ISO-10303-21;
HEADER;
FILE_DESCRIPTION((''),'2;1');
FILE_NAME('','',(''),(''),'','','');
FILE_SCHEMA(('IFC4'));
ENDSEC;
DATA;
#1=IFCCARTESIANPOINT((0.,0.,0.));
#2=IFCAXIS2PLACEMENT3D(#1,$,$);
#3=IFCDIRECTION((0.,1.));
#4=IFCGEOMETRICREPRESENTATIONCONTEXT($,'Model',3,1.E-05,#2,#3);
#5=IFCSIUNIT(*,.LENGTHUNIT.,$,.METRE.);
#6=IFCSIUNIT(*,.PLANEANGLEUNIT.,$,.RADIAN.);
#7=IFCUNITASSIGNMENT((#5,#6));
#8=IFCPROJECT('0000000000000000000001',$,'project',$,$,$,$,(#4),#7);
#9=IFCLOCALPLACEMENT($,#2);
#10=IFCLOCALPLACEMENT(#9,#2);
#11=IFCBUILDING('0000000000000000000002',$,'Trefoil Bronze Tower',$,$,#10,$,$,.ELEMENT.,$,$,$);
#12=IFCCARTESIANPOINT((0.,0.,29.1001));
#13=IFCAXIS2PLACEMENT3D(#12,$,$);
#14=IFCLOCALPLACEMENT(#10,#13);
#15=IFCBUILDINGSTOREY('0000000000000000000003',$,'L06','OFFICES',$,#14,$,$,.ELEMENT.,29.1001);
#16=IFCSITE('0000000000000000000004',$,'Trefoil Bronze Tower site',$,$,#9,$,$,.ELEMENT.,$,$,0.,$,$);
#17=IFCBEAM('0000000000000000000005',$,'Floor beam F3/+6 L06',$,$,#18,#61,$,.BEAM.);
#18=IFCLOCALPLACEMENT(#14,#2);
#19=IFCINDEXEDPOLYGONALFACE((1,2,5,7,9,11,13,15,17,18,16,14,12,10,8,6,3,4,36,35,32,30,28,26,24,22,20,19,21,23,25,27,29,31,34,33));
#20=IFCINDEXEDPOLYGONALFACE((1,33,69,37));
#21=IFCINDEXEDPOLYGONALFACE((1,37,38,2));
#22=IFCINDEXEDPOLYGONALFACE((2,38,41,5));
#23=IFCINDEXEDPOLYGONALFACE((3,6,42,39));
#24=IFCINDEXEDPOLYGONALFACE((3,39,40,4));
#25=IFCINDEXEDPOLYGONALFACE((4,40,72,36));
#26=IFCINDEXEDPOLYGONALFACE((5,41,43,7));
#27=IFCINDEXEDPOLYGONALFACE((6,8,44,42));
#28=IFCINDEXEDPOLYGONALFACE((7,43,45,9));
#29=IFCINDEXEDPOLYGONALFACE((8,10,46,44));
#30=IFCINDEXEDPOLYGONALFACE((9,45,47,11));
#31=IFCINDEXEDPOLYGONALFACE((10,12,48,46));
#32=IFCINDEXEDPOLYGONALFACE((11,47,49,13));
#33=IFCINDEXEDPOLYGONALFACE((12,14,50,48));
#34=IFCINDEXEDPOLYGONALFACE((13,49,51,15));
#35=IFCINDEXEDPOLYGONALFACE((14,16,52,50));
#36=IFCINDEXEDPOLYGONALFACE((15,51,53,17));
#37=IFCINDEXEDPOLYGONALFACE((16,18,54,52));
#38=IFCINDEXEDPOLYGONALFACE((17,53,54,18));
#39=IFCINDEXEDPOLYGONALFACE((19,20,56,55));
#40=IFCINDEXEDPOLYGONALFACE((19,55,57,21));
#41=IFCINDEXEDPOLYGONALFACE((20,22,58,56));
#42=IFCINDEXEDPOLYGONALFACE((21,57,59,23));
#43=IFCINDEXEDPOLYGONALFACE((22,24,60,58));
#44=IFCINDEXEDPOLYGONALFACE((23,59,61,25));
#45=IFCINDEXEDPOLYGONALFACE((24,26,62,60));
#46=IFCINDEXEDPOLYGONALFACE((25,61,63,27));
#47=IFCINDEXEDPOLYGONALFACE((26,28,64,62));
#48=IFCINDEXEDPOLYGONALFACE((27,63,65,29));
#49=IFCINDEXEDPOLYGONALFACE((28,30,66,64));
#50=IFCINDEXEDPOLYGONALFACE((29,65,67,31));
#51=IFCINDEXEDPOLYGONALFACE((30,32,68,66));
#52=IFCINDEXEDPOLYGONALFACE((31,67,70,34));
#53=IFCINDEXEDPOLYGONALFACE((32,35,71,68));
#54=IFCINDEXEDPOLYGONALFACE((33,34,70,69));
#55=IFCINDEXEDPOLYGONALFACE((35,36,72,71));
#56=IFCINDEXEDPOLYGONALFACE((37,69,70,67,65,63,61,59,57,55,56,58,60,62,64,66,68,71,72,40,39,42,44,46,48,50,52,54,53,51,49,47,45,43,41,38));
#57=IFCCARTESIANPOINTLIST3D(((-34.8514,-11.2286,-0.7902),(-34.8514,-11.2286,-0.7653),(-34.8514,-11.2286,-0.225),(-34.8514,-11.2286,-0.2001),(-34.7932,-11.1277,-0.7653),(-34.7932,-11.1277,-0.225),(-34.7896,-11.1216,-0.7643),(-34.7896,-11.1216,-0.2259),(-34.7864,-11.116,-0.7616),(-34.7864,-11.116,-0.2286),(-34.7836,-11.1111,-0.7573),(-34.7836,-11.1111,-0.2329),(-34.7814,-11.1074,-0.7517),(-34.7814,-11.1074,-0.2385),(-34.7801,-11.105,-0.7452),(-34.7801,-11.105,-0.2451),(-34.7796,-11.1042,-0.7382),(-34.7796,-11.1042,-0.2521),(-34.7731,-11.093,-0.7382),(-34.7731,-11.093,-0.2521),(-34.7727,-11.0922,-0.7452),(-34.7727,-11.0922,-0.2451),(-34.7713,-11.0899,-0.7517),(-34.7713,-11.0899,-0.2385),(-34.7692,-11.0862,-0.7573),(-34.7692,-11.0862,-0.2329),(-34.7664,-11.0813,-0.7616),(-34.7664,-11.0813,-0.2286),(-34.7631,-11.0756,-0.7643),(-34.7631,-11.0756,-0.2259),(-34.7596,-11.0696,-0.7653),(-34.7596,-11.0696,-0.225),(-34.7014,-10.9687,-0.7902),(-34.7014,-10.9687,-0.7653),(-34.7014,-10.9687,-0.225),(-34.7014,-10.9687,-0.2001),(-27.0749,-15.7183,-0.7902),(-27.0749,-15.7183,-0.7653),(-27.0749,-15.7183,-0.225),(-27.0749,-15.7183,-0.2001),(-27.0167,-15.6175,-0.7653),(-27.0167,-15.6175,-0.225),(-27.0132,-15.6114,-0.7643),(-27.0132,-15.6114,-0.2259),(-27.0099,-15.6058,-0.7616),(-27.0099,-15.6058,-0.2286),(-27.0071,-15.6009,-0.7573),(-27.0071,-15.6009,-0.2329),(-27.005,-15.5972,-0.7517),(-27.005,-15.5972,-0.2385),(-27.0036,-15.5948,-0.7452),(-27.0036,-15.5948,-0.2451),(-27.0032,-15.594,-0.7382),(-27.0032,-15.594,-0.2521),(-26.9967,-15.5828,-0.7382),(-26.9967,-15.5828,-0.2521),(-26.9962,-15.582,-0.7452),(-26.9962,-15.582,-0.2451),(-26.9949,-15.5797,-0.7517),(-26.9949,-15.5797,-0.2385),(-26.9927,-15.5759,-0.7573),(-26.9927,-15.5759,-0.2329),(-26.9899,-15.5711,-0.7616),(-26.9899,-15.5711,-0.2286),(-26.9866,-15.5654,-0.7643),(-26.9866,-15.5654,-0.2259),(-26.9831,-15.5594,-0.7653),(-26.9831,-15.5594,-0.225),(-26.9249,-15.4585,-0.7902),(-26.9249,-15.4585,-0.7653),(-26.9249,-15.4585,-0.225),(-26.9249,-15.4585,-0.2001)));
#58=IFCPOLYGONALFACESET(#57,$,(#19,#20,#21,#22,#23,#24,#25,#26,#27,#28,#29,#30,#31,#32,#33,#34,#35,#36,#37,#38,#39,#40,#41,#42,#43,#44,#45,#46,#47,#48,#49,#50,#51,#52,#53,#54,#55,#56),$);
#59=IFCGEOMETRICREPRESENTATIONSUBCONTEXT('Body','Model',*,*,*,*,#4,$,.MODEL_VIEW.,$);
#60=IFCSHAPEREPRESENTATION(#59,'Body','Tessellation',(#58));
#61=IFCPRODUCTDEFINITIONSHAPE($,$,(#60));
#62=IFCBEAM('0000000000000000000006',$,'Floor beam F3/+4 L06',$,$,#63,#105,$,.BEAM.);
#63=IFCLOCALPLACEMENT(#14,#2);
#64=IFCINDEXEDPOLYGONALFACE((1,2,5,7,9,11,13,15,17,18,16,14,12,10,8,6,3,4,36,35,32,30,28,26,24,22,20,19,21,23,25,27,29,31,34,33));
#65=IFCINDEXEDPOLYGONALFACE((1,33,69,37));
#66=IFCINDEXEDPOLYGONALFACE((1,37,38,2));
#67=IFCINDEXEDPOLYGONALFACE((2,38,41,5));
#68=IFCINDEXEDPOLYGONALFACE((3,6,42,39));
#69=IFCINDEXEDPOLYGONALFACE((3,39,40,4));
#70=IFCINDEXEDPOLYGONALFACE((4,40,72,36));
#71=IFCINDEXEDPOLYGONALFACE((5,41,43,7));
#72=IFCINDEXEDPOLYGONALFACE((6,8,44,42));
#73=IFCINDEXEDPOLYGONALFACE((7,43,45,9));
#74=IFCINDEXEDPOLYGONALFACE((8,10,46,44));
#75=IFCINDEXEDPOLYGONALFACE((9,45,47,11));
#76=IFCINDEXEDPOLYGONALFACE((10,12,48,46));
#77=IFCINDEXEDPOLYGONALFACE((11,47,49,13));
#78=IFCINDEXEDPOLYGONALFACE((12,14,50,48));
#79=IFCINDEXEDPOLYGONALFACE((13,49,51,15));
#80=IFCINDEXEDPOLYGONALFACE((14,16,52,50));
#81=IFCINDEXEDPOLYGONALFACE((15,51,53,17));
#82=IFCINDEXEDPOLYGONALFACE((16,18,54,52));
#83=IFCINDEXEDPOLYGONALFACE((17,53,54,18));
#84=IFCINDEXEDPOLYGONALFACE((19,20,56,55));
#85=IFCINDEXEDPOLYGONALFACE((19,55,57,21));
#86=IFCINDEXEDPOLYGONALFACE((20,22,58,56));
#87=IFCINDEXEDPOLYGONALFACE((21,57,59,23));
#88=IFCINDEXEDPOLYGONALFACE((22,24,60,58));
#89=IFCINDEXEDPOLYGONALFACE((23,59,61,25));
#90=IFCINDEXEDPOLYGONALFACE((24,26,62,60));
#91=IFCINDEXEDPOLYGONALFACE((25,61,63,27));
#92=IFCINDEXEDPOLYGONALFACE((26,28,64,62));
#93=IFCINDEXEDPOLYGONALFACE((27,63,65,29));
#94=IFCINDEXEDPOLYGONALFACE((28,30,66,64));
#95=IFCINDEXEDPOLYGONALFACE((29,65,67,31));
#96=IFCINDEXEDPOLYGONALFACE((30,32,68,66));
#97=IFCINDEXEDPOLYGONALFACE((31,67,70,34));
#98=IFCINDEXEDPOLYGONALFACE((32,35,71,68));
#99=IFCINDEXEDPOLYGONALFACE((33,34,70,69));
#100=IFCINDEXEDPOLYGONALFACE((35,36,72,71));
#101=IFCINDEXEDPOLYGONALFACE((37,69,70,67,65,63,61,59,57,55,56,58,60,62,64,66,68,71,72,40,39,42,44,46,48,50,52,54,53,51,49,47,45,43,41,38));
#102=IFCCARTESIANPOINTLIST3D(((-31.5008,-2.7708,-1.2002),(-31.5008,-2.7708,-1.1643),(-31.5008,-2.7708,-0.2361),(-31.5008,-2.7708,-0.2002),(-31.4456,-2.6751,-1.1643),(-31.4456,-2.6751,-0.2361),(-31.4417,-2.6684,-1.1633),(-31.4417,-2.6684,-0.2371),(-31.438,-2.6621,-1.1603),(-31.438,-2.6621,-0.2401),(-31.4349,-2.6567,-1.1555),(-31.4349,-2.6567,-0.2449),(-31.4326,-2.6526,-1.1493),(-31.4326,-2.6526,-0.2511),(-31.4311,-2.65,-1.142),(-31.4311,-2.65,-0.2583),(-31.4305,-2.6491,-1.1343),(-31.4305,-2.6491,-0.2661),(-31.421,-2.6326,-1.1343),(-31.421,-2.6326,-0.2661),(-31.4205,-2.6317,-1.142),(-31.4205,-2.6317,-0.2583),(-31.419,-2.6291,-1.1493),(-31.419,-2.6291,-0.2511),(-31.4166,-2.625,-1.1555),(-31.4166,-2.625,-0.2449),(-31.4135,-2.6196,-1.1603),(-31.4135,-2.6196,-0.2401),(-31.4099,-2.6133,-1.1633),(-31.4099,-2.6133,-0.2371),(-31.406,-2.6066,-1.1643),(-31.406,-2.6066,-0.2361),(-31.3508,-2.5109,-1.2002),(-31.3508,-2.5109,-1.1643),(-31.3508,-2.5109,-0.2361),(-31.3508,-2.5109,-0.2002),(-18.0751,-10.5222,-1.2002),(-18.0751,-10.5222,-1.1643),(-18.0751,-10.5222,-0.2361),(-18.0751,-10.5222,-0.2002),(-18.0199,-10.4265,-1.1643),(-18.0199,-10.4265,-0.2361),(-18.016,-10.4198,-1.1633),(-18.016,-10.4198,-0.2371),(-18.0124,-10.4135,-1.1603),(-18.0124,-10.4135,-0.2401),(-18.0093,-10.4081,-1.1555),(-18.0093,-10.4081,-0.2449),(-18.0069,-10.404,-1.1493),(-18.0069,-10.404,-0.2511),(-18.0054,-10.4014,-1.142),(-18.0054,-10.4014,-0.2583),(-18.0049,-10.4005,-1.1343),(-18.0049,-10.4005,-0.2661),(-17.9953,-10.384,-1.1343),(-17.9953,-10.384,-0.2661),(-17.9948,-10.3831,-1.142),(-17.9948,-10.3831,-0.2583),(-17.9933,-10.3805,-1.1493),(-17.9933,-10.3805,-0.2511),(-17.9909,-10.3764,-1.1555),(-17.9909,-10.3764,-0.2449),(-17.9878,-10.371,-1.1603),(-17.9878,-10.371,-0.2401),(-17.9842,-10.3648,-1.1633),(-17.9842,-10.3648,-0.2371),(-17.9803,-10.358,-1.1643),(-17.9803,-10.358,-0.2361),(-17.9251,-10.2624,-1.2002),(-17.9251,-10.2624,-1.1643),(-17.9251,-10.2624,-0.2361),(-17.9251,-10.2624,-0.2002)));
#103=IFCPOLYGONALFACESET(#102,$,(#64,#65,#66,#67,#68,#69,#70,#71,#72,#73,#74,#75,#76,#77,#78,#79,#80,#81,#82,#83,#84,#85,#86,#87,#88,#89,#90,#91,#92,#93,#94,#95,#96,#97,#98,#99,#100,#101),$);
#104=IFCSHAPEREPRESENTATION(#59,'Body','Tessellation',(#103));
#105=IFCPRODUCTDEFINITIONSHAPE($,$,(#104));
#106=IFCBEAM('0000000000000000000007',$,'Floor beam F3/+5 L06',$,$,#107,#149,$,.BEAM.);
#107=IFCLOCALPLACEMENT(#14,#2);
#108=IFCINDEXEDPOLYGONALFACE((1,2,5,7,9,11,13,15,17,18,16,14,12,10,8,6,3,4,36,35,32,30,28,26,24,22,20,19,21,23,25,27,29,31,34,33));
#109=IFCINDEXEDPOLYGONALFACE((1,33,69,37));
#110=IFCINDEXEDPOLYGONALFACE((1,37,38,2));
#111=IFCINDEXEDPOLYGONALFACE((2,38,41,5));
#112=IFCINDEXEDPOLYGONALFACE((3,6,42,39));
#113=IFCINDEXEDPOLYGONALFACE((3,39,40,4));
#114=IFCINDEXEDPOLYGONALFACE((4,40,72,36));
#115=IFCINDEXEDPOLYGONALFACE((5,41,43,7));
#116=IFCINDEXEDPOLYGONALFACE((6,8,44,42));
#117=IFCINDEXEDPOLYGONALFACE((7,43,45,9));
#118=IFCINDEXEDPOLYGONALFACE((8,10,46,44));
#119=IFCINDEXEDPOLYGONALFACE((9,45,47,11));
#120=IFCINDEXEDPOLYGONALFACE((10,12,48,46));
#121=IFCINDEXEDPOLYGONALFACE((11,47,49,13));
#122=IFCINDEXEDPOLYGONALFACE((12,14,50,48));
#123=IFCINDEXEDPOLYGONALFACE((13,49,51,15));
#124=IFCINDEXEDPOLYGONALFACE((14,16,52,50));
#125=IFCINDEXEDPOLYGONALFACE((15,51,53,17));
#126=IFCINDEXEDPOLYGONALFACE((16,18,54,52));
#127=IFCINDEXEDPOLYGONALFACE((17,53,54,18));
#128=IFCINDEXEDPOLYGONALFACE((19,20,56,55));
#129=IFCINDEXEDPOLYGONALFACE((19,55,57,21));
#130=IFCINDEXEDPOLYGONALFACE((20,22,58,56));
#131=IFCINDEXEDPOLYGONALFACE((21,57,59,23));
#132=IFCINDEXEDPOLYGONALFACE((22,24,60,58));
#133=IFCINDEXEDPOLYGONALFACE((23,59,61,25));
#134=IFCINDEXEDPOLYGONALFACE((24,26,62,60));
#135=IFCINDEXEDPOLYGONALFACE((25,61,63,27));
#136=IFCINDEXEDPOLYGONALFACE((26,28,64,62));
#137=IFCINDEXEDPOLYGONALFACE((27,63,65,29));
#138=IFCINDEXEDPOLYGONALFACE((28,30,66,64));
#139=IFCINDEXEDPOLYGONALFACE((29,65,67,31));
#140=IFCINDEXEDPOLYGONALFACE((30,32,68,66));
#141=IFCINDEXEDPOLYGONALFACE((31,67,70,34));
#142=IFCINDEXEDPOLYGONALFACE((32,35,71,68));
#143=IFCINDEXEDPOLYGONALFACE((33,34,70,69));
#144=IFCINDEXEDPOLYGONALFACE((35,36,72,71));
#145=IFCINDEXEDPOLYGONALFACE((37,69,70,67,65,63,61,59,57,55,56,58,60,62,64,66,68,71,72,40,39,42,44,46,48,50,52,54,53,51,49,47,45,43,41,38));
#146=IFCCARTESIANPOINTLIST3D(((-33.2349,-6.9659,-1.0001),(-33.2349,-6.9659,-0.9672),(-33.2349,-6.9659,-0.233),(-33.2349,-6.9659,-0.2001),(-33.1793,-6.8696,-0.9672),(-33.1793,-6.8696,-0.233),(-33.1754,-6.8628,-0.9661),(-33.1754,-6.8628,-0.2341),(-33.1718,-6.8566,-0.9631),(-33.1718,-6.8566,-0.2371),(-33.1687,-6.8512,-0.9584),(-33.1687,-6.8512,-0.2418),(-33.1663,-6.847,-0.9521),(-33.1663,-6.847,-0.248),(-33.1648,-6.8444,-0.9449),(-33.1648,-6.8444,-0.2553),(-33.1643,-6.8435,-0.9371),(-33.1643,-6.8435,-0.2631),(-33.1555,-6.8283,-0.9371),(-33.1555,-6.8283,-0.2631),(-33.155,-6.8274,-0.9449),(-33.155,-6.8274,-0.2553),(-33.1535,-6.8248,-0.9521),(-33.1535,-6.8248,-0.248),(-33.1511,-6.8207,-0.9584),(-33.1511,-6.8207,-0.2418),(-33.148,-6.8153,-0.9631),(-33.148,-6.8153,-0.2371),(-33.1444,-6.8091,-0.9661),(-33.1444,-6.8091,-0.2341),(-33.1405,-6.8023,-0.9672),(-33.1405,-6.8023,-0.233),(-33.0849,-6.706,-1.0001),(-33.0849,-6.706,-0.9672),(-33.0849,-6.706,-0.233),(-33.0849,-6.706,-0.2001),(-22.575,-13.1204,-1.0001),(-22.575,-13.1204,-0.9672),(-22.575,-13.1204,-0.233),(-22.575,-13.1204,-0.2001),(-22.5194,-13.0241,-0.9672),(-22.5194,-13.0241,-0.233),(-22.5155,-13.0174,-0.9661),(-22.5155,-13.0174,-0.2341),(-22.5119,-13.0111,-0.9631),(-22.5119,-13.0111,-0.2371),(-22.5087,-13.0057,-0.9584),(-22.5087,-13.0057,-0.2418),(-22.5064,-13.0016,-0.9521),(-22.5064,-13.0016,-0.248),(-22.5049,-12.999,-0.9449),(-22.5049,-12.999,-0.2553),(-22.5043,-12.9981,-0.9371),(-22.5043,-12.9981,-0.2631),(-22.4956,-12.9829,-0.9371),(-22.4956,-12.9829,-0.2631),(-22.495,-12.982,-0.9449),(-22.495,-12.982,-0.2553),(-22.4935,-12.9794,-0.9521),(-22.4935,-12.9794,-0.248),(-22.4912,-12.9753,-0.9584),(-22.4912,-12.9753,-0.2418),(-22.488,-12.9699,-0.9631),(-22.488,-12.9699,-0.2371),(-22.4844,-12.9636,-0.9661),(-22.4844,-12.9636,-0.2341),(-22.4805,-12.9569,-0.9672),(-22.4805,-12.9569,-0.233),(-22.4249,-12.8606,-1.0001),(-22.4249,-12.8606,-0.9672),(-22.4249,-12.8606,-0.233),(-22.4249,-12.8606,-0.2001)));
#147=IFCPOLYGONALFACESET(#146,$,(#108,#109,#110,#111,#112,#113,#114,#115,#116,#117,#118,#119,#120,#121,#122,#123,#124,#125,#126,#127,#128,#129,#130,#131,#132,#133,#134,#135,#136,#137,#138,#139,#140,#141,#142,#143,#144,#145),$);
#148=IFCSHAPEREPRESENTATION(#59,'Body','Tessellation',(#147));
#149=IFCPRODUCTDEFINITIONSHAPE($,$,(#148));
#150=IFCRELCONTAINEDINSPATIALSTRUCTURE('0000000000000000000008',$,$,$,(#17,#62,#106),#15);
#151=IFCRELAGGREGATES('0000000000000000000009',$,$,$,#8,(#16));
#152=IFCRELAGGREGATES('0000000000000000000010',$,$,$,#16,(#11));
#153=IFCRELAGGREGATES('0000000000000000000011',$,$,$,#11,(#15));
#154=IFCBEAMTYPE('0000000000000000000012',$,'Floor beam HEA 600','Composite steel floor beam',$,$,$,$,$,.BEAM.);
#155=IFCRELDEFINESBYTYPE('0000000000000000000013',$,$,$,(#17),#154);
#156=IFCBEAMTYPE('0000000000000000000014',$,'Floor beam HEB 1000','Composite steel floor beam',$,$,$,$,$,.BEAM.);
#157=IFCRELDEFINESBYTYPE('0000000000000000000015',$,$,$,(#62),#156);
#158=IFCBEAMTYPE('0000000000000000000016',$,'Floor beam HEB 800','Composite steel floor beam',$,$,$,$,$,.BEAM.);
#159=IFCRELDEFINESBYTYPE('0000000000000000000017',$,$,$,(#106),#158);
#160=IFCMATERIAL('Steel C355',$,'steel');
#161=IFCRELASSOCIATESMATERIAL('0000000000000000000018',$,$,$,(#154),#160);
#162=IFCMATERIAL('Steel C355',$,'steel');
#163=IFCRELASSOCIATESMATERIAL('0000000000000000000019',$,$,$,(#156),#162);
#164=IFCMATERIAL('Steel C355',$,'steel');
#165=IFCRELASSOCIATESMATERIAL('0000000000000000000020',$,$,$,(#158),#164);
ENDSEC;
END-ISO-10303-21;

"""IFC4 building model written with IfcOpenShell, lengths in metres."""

from ifc_helpers import new_model, si_unit, direction, frame, origin, origin_2d, place, context, subcontext, project, spatial, i_section, extrude, material, material_profile, profile_set, type_object, element, save


model = new_model("IFC4")

# Units and contexts
model_context = context("Model", 3, precision=1e-05, world=origin(), true_north=direction((0.0, 1.0)))
body_context = subcontext(model_context, "Body", "Model", "MODEL_VIEW")
ifc_project = project(units=[si_unit("LENGTHUNIT", "METRE"), si_unit("PLANEANGLEUNIT", "RADIAN")], contexts=[model_context])

# Site, building, storey
site_placement = place(None, origin())
site = spatial("IfcSite", under=ifc_project, at=site_placement, Name="Trefoil Bronze Tower site", CompositionType="ELEMENT", RefElevation=0.0)
building_placement = place(site_placement, origin())
building = spatial("IfcBuilding", under=site, at=building_placement, Name="Trefoil Bronze Tower", CompositionType="ELEMENT")
storey_placement = place(building_placement, frame((0.0, 0.0, 29.1001)))
storey = spatial("IfcBuildingStorey", under=building, at=storey_placement, Name="L06", Description="OFFICES", CompositionType="ELEMENT", Elevation=29.1001)

# Beams
ifc_material_1 = material(Name="Steel C355", Category="steel")
ifc_material_profile_1 = material_profile(ifc_material_1, i_section(OverallWidth=0.3, OverallDepth=0.5901, WebThickness=0.0129, FlangeThickness=0.0249, FilletRadius=0.0271, at=origin_2d()), Name="HEA 600")
ifc_profile_set_1 = profile_set([ifc_material_profile_1], Name="Steel C355")
beam_type_1 = type_object("IfcBeamType", Name="Floor beam HEA 600", Description="Composite steel floor beam", PredefinedType="BEAM", material=ifc_profile_set_1)
beam_1_placement = place(storey_placement, frame((-34.7764, -11.0986, -0.4951), z_axis=(0.866023, -0.500005, 0.0), x_axis=(0.500005, 0.866023, 0.0)))
element("IfcBeam", 1, at=beam_1_placement, inside=storey, type_object=beam_type_1, Name="Floor beam F3/+6 L06", PredefinedType="BEAM", context=body_context, shape_type="SweptSolid", body=[
    extrude(i_section(OverallWidth=0.3, OverallDepth=0.5901, WebThickness=0.0129, FlangeThickness=0.0249, FilletRadius=0.0271, at=origin_2d()), origin(), (0.0, 0.0, 1.0), 8.9795),
])
ifc_material_2 = material(Name="Steel C355", Category="steel")
ifc_material_profile_2 = material_profile(ifc_material_2, i_section(OverallWidth=0.3, OverallDepth=1.0, WebThickness=0.019, FlangeThickness=0.0359, FilletRadius=0.03, at=origin_2d()), Name="HEB 1000")
ifc_profile_set_2 = profile_set([ifc_material_profile_2], Name="Steel C355")
beam_type_2 = type_object("IfcBeamType", Name="Floor beam HEB 1000", Description="Composite steel floor beam", PredefinedType="BEAM", material=ifc_profile_set_2)
beam_2_placement = place(storey_placement, frame((-31.4258, -2.6409, -0.7002), z_axis=(0.866023, -0.500004, 0.0), x_axis=(0.500004, 0.866023, 0.0)))
element("IfcBeam", 2, at=beam_2_placement, inside=storey, type_object=beam_type_2, Name="Floor beam F3/+4 L06", PredefinedType="BEAM", context=body_context, shape_type="SweptSolid", body=[
    extrude(i_section(OverallWidth=0.3, OverallDepth=1.0, WebThickness=0.019, FlangeThickness=0.0359, FilletRadius=0.03, at=origin_2d()), origin(), (0.0, 0.0, 1.0), 15.5027),
])
ifc_material_3 = material(Name="Steel C355", Category="steel")
ifc_material_profile_3 = material_profile(ifc_material_3, i_section(OverallWidth=0.3, OverallDepth=0.8, WebThickness=0.0176, FlangeThickness=0.033, FilletRadius=0.03, at=origin_2d()), Name="HEB 800")
ifc_profile_set_3 = profile_set([ifc_material_profile_3], Name="Steel C355")
beam_type_3 = type_object("IfcBeamType", Name="Floor beam HEB 800", Description="Composite steel floor beam", PredefinedType="BEAM", material=ifc_profile_set_3)
beam_3_placement = place(storey_placement, frame((-33.1599, -6.8359, -0.6001), z_axis=(0.866024, -0.500002, 0.0), x_axis=(0.500002, 0.866024, 0.0)))
element("IfcBeam", 3, at=beam_3_placement, inside=storey, type_object=beam_type_3, Name="Floor beam F3/+5 L06", PredefinedType="BEAM", context=body_context, shape_type="SweptSolid", body=[
    extrude(i_section(OverallWidth=0.3, OverallDepth=0.8, WebThickness=0.0176, FlangeThickness=0.033, FilletRadius=0.03, at=origin_2d()), origin(), (0.0, 0.0, 1.0), 12.3091),
])

save(model, "model.ifc")
